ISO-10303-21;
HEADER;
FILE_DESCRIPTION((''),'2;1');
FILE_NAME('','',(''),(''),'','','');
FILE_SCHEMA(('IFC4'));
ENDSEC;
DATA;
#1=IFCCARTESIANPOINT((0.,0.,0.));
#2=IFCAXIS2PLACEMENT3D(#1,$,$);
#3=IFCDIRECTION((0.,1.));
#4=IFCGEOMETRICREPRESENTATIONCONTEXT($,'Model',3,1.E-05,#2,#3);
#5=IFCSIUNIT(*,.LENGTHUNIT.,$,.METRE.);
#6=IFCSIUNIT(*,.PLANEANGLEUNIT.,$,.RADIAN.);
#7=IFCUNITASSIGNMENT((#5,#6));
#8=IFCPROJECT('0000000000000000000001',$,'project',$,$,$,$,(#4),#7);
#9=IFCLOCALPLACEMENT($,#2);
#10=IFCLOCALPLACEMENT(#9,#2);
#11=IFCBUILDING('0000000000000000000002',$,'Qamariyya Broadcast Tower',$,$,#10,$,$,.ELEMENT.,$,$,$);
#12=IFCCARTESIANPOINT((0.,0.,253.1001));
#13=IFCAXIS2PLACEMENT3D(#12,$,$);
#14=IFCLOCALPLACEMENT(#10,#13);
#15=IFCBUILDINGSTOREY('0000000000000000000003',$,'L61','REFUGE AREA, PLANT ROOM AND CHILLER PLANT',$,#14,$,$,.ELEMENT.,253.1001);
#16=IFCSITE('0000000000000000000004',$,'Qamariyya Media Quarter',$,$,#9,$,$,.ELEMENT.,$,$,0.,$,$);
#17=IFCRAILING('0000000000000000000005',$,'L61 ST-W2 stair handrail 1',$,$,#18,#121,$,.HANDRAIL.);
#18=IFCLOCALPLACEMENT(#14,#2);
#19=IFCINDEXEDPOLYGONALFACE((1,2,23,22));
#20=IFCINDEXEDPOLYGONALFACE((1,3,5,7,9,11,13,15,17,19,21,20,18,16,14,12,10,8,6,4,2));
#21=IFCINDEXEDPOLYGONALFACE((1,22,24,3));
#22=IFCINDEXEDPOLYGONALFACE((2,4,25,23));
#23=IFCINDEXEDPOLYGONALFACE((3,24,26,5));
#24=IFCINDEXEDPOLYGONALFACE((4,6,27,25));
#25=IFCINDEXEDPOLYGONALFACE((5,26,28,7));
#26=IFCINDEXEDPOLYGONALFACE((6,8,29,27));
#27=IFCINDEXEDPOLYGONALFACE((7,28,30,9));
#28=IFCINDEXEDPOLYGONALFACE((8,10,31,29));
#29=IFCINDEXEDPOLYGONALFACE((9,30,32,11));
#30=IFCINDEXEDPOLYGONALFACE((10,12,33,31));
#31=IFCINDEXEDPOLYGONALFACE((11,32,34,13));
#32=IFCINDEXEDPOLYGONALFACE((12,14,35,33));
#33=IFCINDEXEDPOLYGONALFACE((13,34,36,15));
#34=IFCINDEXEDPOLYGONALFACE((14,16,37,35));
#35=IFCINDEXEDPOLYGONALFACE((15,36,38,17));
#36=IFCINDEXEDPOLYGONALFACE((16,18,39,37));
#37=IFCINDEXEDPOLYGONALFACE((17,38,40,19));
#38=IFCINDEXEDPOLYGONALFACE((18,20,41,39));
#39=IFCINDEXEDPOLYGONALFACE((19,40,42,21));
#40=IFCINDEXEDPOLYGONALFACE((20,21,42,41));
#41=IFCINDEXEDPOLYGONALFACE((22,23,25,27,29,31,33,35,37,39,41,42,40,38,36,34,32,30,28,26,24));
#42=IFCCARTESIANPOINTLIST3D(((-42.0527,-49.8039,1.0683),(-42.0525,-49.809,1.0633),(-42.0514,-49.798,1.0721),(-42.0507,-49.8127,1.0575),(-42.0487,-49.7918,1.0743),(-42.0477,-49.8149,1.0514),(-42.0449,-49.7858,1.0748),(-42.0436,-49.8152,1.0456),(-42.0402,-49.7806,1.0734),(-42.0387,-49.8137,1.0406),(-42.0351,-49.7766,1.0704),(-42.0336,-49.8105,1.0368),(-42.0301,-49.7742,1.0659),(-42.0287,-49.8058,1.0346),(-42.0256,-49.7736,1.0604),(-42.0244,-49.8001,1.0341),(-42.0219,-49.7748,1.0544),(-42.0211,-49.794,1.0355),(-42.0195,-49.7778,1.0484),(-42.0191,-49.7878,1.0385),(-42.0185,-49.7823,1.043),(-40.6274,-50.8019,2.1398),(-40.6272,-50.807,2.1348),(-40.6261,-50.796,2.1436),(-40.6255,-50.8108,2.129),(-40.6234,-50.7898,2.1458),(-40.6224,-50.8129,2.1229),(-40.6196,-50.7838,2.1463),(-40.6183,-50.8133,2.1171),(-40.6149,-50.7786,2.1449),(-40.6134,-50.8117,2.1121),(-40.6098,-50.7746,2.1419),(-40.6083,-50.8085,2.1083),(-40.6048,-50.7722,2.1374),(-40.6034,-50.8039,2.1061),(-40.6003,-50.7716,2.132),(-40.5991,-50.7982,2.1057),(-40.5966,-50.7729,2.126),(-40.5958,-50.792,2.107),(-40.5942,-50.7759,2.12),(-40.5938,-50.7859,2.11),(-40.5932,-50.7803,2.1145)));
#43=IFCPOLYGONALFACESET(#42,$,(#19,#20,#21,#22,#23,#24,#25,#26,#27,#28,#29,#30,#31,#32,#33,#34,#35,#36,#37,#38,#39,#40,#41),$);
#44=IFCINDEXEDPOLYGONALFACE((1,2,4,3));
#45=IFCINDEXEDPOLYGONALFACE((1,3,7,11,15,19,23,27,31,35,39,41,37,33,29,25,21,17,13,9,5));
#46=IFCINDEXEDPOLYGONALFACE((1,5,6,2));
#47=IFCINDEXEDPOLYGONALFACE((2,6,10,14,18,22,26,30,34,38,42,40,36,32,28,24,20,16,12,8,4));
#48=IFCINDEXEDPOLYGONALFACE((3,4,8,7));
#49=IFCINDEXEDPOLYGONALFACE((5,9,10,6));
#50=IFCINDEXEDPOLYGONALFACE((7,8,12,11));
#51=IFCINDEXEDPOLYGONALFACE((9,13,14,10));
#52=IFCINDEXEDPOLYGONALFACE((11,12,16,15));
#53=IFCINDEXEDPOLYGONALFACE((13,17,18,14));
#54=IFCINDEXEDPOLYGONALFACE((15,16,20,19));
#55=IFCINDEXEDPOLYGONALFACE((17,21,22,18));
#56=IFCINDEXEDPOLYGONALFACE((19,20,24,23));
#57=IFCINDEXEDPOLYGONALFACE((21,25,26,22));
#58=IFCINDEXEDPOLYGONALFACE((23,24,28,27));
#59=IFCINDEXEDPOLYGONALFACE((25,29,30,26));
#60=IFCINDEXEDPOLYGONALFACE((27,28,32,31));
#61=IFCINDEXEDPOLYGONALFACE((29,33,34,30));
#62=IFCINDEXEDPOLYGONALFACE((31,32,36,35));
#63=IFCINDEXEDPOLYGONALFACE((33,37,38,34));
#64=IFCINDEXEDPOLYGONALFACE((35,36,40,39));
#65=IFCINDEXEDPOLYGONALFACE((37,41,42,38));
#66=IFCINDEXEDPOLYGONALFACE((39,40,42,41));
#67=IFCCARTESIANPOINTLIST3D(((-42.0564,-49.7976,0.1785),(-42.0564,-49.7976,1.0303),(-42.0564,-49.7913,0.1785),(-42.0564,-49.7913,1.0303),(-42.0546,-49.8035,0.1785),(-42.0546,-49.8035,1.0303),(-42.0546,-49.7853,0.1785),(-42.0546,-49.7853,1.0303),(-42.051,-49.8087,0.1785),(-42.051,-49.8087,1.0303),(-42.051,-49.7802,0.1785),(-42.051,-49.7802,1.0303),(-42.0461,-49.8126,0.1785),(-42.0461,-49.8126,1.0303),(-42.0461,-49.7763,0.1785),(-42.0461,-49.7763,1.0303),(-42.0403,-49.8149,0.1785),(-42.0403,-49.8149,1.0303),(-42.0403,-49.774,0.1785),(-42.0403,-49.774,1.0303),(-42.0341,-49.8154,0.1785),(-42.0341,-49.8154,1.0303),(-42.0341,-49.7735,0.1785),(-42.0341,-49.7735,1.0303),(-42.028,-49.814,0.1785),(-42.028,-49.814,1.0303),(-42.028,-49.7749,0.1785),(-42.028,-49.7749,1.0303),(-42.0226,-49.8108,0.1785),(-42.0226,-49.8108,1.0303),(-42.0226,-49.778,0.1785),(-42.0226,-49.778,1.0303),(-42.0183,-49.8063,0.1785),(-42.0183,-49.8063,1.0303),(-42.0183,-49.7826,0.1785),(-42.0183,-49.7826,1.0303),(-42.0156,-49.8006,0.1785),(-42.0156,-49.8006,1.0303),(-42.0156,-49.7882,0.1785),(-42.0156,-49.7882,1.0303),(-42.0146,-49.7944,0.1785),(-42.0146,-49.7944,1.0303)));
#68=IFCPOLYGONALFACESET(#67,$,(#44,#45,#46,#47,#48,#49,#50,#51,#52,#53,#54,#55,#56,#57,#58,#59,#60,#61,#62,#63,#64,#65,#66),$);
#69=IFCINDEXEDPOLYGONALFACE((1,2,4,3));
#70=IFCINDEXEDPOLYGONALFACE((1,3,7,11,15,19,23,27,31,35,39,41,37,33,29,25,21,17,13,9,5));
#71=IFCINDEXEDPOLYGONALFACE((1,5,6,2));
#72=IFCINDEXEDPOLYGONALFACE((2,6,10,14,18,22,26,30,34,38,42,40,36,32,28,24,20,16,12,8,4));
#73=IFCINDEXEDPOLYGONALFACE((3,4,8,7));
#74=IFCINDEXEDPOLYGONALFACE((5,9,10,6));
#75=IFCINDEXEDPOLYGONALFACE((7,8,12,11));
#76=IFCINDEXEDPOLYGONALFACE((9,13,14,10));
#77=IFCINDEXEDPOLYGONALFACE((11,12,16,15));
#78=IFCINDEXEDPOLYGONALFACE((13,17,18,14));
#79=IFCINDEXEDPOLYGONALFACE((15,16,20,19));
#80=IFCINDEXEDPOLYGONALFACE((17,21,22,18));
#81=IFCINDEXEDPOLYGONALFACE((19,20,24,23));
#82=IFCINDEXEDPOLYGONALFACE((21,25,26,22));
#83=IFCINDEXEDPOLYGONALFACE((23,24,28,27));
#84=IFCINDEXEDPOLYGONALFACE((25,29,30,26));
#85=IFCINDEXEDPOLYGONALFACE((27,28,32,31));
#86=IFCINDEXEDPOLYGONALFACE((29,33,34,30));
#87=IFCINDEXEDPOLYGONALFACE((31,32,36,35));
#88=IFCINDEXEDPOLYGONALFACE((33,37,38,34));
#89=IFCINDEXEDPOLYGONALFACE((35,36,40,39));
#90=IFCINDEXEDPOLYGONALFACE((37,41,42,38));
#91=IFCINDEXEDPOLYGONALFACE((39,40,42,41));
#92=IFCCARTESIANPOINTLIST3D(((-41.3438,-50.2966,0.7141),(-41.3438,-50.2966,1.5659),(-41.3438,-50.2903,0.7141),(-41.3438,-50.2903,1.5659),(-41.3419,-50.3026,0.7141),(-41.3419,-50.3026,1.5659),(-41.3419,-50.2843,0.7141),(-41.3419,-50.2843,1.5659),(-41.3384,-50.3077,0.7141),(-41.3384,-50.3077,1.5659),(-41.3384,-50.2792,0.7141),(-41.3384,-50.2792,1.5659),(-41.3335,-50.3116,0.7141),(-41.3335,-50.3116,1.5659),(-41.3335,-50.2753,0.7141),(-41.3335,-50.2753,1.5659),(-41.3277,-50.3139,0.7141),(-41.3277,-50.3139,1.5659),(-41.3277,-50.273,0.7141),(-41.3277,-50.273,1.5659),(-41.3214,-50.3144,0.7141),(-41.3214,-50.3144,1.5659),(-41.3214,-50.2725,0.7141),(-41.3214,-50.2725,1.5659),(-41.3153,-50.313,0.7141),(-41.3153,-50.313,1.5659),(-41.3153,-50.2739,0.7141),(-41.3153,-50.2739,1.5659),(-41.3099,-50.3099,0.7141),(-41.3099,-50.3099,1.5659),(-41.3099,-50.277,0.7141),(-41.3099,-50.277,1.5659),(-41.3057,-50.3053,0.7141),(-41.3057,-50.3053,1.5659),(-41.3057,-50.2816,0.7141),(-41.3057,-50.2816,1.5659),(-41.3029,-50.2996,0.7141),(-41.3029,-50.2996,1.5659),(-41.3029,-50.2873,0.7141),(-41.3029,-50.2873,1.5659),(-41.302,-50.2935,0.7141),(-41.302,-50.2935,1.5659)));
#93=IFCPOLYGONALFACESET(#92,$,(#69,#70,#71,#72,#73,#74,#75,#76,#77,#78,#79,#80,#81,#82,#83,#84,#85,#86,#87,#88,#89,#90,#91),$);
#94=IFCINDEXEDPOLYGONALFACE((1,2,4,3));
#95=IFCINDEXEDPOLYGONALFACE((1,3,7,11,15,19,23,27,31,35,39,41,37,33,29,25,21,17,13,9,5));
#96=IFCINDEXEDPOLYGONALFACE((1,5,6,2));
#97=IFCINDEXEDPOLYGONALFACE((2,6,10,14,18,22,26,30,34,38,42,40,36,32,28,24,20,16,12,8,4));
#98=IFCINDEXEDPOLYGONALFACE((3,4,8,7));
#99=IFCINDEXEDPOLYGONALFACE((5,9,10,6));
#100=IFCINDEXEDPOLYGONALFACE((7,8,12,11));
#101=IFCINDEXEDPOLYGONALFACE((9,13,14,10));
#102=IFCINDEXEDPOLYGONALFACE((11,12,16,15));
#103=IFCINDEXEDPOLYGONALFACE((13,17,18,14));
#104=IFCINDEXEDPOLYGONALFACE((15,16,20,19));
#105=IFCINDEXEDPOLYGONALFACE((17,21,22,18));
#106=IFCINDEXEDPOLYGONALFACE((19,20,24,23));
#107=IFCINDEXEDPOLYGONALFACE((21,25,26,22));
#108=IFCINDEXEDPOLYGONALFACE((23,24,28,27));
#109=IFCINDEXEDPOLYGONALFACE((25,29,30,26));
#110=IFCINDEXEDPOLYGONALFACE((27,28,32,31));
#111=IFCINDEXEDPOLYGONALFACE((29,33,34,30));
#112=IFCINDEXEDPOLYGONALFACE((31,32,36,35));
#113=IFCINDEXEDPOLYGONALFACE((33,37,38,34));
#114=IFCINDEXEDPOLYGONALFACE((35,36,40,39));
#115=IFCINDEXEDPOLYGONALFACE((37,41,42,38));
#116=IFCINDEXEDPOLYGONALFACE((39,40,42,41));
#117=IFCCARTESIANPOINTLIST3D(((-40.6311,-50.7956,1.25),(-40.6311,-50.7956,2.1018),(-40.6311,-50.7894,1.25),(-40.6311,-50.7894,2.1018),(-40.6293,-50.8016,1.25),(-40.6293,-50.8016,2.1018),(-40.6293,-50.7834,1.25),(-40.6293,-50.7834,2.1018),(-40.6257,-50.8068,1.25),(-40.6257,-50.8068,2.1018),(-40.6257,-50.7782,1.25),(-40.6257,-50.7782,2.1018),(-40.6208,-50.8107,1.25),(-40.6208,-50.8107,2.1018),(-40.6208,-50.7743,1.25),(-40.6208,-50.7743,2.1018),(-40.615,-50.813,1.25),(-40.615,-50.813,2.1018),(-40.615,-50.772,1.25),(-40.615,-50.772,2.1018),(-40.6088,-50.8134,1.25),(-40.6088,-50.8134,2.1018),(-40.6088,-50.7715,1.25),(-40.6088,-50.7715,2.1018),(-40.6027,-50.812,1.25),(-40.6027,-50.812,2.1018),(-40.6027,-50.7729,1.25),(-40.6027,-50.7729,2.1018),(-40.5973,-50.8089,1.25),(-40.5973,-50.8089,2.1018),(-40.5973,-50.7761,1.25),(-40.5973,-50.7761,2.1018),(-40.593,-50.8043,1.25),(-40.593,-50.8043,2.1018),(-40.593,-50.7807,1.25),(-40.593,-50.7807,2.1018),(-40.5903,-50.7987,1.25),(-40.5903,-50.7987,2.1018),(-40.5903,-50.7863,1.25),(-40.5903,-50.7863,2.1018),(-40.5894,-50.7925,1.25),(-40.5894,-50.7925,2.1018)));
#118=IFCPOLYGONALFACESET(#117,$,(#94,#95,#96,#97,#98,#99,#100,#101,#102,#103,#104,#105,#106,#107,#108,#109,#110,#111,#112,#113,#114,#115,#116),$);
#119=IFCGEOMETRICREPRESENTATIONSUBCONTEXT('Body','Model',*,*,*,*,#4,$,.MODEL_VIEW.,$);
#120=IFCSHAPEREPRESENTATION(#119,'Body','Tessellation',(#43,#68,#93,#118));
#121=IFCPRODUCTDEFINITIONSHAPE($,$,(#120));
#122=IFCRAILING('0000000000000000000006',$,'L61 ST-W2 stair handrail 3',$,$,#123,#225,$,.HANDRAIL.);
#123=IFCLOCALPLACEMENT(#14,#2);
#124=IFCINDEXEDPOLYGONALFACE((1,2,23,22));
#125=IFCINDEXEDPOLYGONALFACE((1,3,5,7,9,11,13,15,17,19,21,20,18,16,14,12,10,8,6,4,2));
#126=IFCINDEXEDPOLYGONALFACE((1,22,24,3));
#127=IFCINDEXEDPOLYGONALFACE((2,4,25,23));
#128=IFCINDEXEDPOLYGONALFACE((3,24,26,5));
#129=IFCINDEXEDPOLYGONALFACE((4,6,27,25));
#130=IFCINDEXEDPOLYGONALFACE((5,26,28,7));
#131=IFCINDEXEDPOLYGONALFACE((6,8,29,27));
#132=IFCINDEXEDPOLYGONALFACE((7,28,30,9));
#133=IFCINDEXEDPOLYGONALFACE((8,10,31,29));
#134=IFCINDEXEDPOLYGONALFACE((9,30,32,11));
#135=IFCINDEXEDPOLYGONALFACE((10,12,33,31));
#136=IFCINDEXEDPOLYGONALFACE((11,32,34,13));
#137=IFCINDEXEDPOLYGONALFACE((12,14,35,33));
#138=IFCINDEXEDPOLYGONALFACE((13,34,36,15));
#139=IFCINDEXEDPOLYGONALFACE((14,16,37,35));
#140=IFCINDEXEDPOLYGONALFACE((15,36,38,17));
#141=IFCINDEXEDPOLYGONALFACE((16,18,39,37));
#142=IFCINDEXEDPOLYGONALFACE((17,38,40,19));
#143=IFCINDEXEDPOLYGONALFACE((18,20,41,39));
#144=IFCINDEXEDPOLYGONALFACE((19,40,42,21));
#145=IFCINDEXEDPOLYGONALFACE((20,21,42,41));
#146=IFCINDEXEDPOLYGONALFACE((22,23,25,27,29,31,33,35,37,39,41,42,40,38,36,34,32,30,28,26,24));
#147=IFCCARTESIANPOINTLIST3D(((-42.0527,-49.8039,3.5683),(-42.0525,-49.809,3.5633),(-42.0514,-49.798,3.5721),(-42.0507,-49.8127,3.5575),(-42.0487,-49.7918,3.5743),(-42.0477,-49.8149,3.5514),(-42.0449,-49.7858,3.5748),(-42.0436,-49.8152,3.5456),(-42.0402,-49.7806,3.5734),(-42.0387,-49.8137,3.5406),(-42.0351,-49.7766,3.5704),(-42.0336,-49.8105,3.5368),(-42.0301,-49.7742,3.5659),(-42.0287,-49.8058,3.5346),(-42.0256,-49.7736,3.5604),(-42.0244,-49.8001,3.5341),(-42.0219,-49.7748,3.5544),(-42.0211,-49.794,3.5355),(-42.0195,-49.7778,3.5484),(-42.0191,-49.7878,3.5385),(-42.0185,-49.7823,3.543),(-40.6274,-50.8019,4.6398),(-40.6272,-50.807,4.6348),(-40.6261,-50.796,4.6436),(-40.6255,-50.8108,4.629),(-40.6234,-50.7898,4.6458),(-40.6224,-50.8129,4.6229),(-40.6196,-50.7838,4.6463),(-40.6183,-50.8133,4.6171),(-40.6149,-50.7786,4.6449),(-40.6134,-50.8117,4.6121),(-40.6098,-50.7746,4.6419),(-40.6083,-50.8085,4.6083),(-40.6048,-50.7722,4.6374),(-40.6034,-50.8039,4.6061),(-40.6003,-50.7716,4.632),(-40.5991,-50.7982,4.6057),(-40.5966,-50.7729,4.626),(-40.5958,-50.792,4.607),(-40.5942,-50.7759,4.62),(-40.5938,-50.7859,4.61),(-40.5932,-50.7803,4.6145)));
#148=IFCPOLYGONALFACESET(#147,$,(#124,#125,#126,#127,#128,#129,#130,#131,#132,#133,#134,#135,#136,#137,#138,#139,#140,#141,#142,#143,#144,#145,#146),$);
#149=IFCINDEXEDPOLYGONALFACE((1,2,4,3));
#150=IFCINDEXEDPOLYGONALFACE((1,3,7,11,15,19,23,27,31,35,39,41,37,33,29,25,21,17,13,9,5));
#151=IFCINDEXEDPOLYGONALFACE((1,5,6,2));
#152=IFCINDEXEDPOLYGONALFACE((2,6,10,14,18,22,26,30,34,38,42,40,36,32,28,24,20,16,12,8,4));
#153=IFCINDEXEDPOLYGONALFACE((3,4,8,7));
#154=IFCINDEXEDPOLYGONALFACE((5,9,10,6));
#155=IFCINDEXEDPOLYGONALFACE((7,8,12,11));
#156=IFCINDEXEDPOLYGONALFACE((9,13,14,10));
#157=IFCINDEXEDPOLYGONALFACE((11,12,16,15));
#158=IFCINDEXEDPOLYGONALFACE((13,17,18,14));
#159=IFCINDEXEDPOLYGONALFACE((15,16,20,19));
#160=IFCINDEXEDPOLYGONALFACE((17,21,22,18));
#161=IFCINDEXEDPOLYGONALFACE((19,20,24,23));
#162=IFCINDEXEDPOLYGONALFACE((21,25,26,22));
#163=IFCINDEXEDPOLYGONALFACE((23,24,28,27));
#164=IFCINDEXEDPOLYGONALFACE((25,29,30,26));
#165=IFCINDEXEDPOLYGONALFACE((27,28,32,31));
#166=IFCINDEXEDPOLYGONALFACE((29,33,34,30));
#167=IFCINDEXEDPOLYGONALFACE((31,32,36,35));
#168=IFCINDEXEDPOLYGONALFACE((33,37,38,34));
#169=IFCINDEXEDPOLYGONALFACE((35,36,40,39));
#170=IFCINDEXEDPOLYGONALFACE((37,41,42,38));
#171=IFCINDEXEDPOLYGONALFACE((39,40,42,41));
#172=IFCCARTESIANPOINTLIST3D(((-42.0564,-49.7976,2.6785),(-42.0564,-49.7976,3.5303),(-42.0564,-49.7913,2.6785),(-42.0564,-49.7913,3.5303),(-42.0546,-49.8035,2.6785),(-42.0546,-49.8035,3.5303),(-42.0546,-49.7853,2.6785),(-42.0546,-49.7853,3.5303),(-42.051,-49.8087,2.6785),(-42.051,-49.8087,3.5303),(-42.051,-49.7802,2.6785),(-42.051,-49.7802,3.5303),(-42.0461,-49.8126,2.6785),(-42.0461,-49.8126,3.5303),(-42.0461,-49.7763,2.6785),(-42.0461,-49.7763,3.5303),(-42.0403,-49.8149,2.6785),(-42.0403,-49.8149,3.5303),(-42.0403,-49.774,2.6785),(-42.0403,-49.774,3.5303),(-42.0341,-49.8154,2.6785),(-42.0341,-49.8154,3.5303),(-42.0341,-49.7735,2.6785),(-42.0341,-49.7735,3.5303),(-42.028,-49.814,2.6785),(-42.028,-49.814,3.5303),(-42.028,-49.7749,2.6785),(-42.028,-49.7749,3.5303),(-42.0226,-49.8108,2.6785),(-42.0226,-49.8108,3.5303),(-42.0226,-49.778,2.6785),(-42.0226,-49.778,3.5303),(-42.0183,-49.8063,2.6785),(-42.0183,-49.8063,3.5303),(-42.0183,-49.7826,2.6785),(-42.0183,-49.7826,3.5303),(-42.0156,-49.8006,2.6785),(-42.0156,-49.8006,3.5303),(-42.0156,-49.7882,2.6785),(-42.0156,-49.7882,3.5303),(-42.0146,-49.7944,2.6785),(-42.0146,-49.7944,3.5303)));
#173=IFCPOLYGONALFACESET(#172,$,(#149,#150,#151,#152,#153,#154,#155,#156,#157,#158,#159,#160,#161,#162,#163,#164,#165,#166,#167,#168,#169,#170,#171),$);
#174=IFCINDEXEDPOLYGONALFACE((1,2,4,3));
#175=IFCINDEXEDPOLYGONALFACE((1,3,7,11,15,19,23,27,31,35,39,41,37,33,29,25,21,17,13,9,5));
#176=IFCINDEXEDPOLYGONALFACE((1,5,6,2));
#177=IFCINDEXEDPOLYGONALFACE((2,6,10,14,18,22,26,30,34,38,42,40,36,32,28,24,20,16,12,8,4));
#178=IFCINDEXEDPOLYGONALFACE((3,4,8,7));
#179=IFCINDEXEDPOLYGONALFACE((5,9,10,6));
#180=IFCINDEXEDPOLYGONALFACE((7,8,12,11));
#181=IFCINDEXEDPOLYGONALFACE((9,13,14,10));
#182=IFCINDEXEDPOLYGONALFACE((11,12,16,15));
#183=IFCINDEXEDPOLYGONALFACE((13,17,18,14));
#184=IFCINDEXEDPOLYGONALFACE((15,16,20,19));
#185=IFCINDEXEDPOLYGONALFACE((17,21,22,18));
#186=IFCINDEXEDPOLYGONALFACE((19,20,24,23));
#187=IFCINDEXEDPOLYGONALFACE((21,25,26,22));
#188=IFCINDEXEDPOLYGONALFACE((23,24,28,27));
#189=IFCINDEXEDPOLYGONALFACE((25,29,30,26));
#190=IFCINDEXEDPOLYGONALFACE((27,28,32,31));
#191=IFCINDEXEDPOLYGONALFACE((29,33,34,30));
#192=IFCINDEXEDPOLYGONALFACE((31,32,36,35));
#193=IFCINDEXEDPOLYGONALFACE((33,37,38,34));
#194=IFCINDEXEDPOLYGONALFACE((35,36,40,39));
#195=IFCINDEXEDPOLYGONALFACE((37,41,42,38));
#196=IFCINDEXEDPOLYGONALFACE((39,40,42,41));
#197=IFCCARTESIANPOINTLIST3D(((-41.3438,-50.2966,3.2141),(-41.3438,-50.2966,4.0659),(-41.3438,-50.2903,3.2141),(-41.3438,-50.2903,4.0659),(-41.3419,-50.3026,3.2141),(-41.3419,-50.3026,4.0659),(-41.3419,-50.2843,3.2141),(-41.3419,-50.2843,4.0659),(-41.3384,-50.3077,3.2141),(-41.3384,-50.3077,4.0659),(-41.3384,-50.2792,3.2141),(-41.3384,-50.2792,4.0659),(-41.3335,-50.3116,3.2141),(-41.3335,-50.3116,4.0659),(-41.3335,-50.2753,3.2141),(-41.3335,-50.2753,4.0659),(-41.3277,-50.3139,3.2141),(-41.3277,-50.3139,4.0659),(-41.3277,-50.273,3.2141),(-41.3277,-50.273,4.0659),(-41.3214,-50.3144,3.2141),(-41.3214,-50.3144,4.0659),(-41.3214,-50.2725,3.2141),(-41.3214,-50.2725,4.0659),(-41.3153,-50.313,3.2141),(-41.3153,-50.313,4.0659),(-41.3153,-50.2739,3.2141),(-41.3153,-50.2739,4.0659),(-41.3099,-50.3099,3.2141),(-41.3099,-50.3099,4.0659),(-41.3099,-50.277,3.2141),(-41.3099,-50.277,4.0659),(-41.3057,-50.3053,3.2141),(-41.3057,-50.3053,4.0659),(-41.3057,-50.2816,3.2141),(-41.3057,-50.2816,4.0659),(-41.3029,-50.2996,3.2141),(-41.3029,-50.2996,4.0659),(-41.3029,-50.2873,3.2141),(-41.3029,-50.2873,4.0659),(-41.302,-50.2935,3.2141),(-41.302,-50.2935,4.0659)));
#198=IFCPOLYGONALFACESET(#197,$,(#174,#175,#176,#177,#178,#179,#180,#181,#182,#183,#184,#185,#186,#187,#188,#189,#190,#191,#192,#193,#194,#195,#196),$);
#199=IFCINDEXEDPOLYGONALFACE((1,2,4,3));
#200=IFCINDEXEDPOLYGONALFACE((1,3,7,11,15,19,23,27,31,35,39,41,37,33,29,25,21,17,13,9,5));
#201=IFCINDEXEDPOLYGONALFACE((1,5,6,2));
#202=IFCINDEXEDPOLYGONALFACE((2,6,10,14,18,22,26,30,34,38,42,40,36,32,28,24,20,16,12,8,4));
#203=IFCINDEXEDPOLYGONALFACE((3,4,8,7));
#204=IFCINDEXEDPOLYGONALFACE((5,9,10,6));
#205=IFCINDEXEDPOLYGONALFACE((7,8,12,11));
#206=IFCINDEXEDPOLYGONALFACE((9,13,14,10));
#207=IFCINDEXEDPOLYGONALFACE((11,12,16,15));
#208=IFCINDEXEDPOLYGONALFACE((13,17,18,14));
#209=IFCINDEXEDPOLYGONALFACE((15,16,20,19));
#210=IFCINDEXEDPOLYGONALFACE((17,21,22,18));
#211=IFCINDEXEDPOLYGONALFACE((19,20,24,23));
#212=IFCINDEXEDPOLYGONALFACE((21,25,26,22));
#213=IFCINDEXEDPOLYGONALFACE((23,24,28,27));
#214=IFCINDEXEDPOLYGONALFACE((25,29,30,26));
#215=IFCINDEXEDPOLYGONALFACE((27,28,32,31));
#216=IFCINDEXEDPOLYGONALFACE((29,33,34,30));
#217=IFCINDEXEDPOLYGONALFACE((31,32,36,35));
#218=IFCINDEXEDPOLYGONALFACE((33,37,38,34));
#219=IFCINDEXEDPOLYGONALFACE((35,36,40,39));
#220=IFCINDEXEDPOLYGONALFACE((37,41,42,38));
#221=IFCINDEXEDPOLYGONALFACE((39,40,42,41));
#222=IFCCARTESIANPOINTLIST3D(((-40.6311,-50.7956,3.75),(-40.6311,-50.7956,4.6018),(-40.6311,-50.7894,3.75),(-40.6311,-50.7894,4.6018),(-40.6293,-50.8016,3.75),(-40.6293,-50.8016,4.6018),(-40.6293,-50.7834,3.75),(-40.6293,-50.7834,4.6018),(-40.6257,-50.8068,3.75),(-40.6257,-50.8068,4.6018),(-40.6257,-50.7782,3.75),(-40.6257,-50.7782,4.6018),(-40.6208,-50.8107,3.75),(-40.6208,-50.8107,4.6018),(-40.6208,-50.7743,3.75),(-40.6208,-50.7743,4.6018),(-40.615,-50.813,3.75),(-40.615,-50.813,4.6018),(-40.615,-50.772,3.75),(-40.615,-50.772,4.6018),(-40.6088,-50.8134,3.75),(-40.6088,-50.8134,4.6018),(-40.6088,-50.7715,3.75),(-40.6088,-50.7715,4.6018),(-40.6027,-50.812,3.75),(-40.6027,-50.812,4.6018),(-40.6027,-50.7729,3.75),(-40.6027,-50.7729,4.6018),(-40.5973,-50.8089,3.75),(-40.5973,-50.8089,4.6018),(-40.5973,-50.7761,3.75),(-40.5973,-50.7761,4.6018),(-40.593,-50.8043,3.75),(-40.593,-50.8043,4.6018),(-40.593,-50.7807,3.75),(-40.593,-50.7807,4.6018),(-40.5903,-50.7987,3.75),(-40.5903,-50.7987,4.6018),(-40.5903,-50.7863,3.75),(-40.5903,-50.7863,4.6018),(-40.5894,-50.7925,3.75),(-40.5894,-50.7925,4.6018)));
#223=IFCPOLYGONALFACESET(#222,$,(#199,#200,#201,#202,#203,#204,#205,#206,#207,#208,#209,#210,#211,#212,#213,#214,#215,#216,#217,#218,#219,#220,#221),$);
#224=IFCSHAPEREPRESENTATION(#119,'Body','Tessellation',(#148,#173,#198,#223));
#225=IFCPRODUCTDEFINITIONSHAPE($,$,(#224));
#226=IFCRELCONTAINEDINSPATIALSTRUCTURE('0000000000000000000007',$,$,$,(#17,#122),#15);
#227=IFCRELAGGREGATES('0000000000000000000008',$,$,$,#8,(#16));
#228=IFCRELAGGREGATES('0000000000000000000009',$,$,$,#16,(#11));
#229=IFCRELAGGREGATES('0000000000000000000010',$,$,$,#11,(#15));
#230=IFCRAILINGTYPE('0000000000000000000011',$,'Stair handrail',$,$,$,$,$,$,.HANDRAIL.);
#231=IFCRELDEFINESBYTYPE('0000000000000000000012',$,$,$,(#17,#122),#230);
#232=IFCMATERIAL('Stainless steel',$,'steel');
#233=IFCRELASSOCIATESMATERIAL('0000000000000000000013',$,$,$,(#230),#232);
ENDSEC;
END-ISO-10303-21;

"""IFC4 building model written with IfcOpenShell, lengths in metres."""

from ifc_helpers import new_model, si_unit, direction, frame, origin, origin_2d, place, context, subcontext, project, spatial, circle, extrude, material, type_object, element, save


model = new_model("IFC4")

# Units and contexts
model_context = context("Model", 3, precision=1e-05, world=origin(), true_north=direction((0.0, 1.0)))
body_context = subcontext(model_context, "Body", "Model", "MODEL_VIEW")
ifc_project = project(units=[si_unit("LENGTHUNIT", "METRE"), si_unit("PLANEANGLEUNIT", "RADIAN")], contexts=[model_context])

# Site, building, storey
site_placement = place(None, origin())
site = spatial("IfcSite", under=ifc_project, at=site_placement, Name="Qamariyya Media Quarter", CompositionType="ELEMENT", RefElevation=0.0)
building_placement = place(site_placement, origin())
building = spatial("IfcBuilding", under=site, at=building_placement, Name="Qamariyya Broadcast Tower", CompositionType="ELEMENT")
storey_placement = place(building_placement, frame((0.0, 0.0, 253.1001)))
storey = spatial("IfcBuildingStorey", under=building, at=storey_placement, Name="L61", Description="REFUGE AREA, PLANT ROOM AND CHILLER PLANT", CompositionType="ELEMENT", Elevation=253.1001)

# Railings
ifc_material_1 = material(Name="Stainless steel", Category="steel")
railing_type_1 = type_object("IfcRailingType", Name="Stair handrail", PredefinedType="HANDRAIL", material=ifc_material_1)
for number, where, name in (
    (1, (-42.0356, -49.7944, 0.1785), "L61 ST-W2 stair handrail 1"),
    (2, (-42.0356, -49.7944, 2.6785), "L61 ST-W2 stair handrail 3"),
):
    element("IfcRailing", number, at=place(storey_placement, frame(where)), inside=storey, type_object=railing_type_1, Name=name, PredefinedType="HANDRAIL", context=body_context, shape_type="SweptSolid", body=[
        extrude(circle(Radius=0.0239, at=origin_2d()), frame((0.0, 0.0, 0.876), z_axis=(0.697489, -0.48841, 0.524371), x_axis=(0.573594, 0.81914, 0.0)), (0.0, 0.0, 1.0), 2.0435),
        extrude(circle(Radius=0.021, at=origin_2d()), origin(), (0.0, 0.0, 1.0), 0.8518),
        extrude(circle(Radius=0.021, at=origin_2d()), frame((0.7126, -0.499, 0.5356)), (0.0, 0.0, 1.0), 0.8518),
        extrude(circle(Radius=0.021, at=origin_2d()), frame((1.4253, -0.998, 1.0715)), (0.0, 0.0, 1.0), 0.8518),
    ])

save(model, "model.ifc")
